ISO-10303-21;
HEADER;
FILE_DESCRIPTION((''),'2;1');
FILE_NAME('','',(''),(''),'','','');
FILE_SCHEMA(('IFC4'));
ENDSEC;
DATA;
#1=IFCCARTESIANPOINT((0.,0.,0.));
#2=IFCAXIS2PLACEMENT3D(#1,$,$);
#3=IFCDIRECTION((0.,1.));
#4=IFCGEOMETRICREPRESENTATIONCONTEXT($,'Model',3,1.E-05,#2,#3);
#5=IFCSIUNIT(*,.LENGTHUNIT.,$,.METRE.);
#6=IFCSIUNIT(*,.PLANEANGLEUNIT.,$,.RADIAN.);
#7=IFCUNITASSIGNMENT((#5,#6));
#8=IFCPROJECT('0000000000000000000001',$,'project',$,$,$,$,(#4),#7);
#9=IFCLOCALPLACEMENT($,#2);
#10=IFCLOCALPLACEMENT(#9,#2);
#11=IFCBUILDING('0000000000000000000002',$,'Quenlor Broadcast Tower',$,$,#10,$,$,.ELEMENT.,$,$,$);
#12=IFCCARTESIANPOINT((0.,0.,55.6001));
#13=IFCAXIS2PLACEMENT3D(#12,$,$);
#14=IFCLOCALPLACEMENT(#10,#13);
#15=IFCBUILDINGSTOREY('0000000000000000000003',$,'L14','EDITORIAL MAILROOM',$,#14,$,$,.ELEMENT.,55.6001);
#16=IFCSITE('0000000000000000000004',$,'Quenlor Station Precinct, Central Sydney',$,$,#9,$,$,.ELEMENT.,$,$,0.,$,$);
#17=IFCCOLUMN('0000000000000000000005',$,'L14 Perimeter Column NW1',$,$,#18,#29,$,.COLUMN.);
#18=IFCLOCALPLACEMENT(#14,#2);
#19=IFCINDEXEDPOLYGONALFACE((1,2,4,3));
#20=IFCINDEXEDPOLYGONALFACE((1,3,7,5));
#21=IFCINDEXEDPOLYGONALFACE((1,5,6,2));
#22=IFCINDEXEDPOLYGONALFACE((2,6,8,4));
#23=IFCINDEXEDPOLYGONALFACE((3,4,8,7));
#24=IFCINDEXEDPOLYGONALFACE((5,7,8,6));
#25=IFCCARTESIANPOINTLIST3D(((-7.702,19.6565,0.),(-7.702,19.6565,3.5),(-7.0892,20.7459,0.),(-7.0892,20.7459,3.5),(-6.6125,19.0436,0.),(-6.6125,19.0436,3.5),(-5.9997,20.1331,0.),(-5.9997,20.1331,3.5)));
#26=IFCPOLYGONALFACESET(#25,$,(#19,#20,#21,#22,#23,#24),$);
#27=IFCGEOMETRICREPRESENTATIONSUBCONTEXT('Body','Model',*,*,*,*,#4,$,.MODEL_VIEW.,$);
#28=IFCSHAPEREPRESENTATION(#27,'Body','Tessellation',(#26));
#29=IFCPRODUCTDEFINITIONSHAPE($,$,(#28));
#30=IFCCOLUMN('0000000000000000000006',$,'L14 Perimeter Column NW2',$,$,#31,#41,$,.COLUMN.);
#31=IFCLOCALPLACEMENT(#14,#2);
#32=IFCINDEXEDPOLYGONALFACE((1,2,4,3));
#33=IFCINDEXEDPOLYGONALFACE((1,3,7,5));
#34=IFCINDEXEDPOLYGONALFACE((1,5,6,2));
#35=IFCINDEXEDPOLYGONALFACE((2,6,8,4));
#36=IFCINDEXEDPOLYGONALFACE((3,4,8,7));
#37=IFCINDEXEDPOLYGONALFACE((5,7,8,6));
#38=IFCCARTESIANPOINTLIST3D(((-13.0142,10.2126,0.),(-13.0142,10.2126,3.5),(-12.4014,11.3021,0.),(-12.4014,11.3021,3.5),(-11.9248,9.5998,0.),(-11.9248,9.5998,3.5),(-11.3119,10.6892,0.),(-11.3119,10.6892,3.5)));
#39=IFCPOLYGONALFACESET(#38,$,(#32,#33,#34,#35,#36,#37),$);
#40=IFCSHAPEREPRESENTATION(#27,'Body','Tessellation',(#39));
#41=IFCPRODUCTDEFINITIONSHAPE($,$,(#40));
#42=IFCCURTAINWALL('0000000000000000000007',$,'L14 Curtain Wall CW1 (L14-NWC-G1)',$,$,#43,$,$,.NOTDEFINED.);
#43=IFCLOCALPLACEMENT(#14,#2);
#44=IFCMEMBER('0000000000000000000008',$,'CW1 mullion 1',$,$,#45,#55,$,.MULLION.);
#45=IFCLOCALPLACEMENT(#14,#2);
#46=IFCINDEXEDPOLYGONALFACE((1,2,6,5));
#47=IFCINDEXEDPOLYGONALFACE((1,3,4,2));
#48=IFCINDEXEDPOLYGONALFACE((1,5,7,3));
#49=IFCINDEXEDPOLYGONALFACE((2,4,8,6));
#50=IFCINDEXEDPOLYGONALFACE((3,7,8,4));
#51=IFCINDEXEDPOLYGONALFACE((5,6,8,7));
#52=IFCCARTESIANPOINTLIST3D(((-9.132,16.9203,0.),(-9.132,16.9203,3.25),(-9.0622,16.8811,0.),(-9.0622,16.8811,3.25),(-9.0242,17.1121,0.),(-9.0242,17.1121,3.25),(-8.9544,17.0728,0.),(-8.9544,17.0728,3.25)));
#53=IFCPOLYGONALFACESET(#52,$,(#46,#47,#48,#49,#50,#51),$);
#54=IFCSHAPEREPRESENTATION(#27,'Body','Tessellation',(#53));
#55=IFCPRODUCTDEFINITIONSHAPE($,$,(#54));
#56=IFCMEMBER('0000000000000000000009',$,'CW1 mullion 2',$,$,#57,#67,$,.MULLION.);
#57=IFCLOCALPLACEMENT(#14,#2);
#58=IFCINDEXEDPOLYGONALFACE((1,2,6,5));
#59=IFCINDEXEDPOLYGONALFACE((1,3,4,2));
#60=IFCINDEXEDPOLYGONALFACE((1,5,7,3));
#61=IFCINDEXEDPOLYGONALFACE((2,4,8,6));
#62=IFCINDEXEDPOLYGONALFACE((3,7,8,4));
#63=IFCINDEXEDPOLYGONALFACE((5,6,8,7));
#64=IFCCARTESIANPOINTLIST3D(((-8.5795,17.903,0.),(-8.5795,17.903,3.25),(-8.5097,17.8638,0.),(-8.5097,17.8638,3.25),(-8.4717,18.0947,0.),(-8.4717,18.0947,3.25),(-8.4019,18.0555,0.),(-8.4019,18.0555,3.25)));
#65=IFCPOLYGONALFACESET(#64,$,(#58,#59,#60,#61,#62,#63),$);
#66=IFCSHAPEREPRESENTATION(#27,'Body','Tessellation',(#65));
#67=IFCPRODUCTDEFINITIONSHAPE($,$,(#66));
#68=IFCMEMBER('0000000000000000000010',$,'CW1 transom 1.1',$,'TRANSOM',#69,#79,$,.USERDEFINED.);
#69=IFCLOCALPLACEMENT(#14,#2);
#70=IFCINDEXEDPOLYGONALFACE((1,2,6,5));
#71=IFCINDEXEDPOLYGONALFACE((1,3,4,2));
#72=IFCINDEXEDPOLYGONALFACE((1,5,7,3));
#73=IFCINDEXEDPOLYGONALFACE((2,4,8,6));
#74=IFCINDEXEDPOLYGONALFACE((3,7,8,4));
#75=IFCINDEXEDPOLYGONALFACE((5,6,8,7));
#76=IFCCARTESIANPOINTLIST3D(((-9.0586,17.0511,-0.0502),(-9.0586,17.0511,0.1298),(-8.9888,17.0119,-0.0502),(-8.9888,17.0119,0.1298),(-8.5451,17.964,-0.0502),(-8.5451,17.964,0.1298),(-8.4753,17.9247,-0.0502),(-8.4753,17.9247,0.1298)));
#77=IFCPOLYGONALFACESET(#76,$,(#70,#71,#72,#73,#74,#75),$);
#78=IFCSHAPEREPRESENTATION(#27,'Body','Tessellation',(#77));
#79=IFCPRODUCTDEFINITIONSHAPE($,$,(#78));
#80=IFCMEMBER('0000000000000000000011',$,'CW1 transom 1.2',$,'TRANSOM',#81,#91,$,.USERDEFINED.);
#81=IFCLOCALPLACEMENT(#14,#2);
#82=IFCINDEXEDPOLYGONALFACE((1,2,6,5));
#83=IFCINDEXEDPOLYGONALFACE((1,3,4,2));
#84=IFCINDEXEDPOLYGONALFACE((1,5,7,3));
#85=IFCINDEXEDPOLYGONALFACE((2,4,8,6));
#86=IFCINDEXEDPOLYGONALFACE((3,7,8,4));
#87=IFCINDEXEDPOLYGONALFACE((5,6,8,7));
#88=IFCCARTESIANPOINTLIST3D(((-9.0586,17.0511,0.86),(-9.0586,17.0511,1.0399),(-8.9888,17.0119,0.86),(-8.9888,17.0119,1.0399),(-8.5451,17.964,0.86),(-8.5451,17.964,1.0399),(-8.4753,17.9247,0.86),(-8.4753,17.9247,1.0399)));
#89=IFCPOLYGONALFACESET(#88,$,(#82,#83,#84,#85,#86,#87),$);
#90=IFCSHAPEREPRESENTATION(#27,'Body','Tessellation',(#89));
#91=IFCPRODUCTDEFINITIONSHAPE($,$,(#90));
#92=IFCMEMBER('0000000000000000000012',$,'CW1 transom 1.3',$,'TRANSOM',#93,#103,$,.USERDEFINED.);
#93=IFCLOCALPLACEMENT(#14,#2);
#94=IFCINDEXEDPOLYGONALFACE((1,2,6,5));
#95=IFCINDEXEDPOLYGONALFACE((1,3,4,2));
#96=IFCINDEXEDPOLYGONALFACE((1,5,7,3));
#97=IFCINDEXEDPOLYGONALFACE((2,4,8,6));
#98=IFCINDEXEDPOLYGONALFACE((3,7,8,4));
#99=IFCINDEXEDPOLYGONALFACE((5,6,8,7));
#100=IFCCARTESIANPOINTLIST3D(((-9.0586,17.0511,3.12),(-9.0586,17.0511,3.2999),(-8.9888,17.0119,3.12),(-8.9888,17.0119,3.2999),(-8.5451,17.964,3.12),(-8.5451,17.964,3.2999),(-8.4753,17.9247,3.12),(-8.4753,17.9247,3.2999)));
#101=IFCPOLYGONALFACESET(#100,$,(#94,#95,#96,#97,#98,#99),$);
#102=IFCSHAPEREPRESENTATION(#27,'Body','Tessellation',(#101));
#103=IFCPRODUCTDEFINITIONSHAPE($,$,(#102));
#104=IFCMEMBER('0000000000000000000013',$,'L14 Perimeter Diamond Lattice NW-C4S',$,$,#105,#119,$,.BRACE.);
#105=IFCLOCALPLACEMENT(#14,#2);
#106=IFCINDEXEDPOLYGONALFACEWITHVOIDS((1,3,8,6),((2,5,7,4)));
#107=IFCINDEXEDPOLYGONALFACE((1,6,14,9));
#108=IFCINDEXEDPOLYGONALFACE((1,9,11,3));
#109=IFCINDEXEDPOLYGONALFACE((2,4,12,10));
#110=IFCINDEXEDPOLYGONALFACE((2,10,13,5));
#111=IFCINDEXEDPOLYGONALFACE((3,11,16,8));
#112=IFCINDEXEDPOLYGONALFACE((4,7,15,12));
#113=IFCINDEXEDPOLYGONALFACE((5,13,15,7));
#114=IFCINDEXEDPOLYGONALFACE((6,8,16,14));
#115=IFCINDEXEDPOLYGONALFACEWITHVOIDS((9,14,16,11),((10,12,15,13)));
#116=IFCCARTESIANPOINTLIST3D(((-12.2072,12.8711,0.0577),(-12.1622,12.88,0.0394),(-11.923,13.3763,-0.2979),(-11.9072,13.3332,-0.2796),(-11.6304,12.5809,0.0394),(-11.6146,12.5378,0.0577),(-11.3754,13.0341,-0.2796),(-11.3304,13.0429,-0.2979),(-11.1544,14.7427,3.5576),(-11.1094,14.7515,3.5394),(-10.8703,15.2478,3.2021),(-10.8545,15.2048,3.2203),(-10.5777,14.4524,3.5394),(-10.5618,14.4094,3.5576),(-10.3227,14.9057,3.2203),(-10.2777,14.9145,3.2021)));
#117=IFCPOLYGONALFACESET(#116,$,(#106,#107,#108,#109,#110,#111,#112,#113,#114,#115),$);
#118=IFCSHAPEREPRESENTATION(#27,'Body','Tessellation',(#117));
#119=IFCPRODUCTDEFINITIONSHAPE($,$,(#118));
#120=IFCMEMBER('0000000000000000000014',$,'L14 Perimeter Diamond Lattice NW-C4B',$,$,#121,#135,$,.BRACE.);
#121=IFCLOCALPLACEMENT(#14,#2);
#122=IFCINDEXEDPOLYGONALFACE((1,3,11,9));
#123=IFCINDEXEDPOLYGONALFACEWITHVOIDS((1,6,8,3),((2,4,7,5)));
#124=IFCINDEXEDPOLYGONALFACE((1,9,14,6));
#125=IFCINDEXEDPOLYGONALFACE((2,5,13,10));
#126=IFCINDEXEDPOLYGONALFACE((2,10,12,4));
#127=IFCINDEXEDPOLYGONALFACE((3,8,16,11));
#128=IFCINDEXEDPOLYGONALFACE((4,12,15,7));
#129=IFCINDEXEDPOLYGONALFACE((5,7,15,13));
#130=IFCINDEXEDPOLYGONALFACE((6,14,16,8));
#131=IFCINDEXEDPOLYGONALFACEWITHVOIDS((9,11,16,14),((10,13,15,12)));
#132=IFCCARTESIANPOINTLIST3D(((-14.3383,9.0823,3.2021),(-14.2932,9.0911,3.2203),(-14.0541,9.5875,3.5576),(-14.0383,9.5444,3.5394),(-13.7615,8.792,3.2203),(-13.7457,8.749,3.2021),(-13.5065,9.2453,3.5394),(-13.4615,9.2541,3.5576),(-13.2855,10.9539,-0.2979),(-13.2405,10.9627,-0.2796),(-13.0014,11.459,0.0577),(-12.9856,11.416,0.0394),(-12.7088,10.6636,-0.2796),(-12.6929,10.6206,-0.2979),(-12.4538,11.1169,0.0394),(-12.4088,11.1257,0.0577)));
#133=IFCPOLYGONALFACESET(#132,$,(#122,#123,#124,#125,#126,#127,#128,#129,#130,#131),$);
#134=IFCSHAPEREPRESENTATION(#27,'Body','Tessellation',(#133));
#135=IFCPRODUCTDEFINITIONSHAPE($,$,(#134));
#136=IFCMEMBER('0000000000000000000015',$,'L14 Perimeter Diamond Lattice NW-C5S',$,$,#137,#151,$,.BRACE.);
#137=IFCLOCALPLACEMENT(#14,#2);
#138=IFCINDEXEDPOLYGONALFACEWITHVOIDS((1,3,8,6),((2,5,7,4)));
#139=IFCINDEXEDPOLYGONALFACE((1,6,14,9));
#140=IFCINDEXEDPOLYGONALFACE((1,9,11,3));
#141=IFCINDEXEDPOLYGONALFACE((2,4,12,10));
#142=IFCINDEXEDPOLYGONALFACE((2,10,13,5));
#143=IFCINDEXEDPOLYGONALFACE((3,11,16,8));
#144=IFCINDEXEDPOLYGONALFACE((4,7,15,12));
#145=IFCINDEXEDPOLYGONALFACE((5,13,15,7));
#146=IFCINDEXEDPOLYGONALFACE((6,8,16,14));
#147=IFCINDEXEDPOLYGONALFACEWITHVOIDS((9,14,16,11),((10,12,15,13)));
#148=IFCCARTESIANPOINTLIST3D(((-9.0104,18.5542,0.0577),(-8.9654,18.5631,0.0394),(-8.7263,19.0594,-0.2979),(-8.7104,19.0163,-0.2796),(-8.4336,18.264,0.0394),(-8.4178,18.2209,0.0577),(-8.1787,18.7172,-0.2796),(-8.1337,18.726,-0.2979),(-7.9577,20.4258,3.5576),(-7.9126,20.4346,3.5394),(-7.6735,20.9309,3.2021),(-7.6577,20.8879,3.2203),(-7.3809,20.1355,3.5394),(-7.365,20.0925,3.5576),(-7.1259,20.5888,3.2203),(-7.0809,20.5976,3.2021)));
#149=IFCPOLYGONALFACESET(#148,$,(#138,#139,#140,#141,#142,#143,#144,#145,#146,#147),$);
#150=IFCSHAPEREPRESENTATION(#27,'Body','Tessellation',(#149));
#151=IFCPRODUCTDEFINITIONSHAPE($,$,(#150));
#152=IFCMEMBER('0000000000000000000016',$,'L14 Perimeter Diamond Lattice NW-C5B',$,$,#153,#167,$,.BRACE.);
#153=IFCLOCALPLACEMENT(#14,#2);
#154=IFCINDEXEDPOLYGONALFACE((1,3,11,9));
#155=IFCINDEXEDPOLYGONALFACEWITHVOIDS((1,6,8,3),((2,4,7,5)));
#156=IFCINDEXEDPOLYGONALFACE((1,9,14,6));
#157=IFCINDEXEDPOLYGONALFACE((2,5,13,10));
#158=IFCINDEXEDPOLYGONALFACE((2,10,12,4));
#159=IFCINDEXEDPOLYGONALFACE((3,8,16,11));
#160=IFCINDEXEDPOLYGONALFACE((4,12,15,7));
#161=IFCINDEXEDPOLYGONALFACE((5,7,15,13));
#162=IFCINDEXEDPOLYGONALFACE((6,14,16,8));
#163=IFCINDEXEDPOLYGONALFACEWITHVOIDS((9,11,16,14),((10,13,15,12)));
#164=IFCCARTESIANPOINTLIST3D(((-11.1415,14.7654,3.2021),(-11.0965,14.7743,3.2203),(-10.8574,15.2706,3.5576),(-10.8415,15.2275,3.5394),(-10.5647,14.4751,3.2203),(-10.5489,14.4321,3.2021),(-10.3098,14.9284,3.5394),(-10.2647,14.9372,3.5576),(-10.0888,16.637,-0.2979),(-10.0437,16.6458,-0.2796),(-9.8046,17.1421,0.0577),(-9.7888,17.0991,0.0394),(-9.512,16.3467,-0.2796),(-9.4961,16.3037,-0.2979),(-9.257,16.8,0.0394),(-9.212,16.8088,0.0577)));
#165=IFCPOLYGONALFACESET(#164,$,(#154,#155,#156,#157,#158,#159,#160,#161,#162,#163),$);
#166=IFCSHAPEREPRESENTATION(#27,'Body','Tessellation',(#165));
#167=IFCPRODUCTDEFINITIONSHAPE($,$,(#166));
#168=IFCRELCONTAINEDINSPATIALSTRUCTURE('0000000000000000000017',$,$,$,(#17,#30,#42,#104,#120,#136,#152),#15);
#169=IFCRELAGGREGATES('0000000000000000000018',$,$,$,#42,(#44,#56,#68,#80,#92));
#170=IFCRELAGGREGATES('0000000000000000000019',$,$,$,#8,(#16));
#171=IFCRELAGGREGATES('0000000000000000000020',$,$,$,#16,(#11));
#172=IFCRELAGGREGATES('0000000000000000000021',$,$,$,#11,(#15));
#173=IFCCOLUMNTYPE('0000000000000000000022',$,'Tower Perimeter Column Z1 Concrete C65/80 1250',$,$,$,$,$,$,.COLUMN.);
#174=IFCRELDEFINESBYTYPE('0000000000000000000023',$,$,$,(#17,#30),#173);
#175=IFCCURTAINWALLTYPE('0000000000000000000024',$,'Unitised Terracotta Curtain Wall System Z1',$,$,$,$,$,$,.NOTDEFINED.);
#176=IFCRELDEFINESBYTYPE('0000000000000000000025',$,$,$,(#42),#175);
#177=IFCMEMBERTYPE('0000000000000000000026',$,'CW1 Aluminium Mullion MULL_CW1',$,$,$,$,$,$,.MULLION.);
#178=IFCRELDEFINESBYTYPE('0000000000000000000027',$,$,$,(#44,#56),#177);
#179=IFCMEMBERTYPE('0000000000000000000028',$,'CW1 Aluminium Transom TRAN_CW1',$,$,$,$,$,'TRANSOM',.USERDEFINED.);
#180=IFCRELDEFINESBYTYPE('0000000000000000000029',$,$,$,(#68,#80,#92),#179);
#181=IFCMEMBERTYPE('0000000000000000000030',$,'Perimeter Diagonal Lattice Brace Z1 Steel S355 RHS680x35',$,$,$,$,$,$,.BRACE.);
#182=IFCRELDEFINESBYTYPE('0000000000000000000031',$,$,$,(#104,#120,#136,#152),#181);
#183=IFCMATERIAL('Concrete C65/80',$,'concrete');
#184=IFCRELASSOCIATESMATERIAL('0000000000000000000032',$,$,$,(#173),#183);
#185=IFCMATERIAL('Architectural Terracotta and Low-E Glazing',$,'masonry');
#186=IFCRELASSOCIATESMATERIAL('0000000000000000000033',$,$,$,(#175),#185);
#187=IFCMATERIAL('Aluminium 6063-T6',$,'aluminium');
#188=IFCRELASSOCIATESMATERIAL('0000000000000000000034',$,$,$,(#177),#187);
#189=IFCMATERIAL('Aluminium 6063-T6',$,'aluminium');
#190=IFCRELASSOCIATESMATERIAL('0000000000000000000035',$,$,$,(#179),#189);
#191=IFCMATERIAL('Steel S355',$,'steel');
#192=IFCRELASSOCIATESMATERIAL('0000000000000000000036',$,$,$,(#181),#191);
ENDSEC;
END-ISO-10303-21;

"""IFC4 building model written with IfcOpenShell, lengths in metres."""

from ifc_helpers import new_model, si_unit, direction, frame, origin, origin_2d, place, context, subcontext, project, spatial, rectangle, hollow_rectangle, extrude, material, material_profile, profile_set, type_object, element, aggregate, save


model = new_model("IFC4")

# Units and contexts
model_context = context("Model", 3, precision=1e-05, world=origin(), true_north=direction((0.0, 1.0)))
body_context = subcontext(model_context, "Body", "Model", "MODEL_VIEW")
ifc_project = project(units=[si_unit("LENGTHUNIT", "METRE"), si_unit("PLANEANGLEUNIT", "RADIAN")], contexts=[model_context])

# Site, building, storey
site_placement = place(None, origin())
site = spatial("IfcSite", under=ifc_project, at=site_placement, Name="Quenlor Station Precinct, Central Sydney", CompositionType="ELEMENT", RefElevation=0.0)
building_placement = place(site_placement, origin())
building = spatial("IfcBuilding", under=site, at=building_placement, Name="Quenlor Broadcast Tower", CompositionType="ELEMENT")
storey_placement = place(building_placement, frame((0.0, 0.0, 55.6001)))
storey = spatial("IfcBuildingStorey", under=building, at=storey_placement, Name="L14", Description="EDITORIAL MAILROOM", CompositionType="ELEMENT", Elevation=55.6001)

# Columns
ifc_material_1 = material(Name="Concrete C65/80", Category="concrete")
ifc_material_profile_1 = material_profile(ifc_material_1, rectangle(XDim=1.25, YDim=1.25, at=origin_2d()))
ifc_profile_set_1 = profile_set([ifc_material_profile_1], Name="Concrete C65/80 RC1250x1250")
column_type = type_object("IfcColumnType", Name="Tower Perimeter Column Z1 Concrete C65/80 1250", PredefinedType="COLUMN", material=ifc_profile_set_1)
for number, where, z_axis, x_axis, name in (
    (1, (-6.8508, 19.8948, 0.0), (0.0, 0.0, 1.0), (-0.871575, 0.490262, 0.0), "L14 Perimeter Column NW1"),
    (2, (-12.1631, 10.4509, 0.0), (0.0, 0.0, 1.0), (-0.871575, 0.490262, 0.0), "L14 Perimeter Column NW2"),
):
    element("IfcColumn", number, at=place(storey_placement, frame(where, z_axis=z_axis, x_axis=x_axis)), inside=storey, type_object=column_type, Name=name, PredefinedType="COLUMN", context=body_context, shape_type="SweptSolid", body=[
        extrude(rectangle(XDim=1.25, YDim=1.25, at=origin_2d()), origin(), (0.0, 0.0, 1.0), 3.5),
    ])

# Curtain wall, members
ifc_material_2 = material(Name="Architectural Terracotta and Low-E Glazing", Category="masonry")
curtain_wall_type = type_object("IfcCurtainWallType", Name="Unitised Terracotta Curtain Wall System Z1", PredefinedType="NOTDEFINED", material=ifc_material_2)
curtain_wall_placement = place(storey_placement, origin())
curtain_wall = element("IfcCurtainWall", 3, at=curtain_wall_placement, inside=storey, type_object=curtain_wall_type, Name="L14 Curtain Wall CW1 (L14-NWC-G1)", PredefinedType="NOTDEFINED")
ifc_material_3 = material(Name="Aluminium 6063-T6", Category="aluminium")
ifc_material_profile_2 = material_profile(ifc_material_3, rectangle(XDim=0.0801, YDim=0.22, at=origin_2d()))
ifc_profile_set_2 = profile_set([ifc_material_profile_2], Name="Aluminium 6063-T6 MULL80x220")
member_type_1 = type_object("IfcMemberType", Name="CW1 Aluminium Mullion MULL_CW1", PredefinedType="MULLION", material=ifc_profile_set_2)
member_1_placement = place(storey_placement, frame((-9.0432, 16.9966, 0.0), z_axis=(0.0, 0.0, 1.0), x_axis=(-0.871602, 0.490214, 0.0)))
member_1 = element("IfcMember", 4, at=member_1_placement, type_object=member_type_1, Name="CW1 mullion 1", PredefinedType="MULLION", context=body_context, shape_type="SweptSolid", body=[
    extrude(rectangle(XDim=0.0801, YDim=0.22, at=origin_2d()), origin(), (0.0, 0.0, 1.0), 3.25),
])
member_2_placement = place(storey_placement, frame((-8.4907, 17.9792, 0.0), z_axis=(0.0, 0.0, 1.0), x_axis=(-0.871602, 0.490214, 0.0)))
member_2 = element("IfcMember", 5, at=member_2_placement, type_object=member_type_1, Name="CW1 mullion 2", PredefinedType="MULLION", context=body_context, shape_type="SweptSolid", body=[
    extrude(rectangle(XDim=0.0801, YDim=0.22, at=origin_2d()), origin(), (0.0, 0.0, 1.0), 3.25),
])
ifc_material_4 = material(Name="Aluminium 6063-T6", Category="aluminium")
ifc_material_profile_3 = material_profile(ifc_material_4, rectangle(XDim=0.0801, YDim=0.1799, at=origin_2d()))
ifc_profile_set_3 = profile_set([ifc_material_profile_3], Name="Aluminium 6063-T6 TRAN80x180")
member_type_2 = type_object("IfcMemberType", Name="CW1 Aluminium Transom TRAN_CW1", ElementType="TRANSOM", PredefinedType="USERDEFINED", material=ifc_profile_set_3)
member_3_placement = place(storey_placement, frame((-9.0237, 17.0315, 0.0398), z_axis=(0.490228, 0.871594, 0.0), x_axis=(-0.871594, 0.490228, 0.0)))
member_3 = element("IfcMember", 6, at=member_3_placement, type_object=member_type_2, Name="CW1 transom 1.1", ObjectType="TRANSOM", PredefinedType="USERDEFINED", context=body_context, shape_type="SweptSolid", body=[
    extrude(rectangle(XDim=0.0801, YDim=0.1799, at=origin_2d()), origin(), (0.0, 0.0, 1.0), 1.0474),
])
member_4_placement = place(storey_placement, frame((-9.0237, 17.0315, 0.95), z_axis=(0.490228, 0.871594, 0.0), x_axis=(-0.871594, 0.490228, 0.0)))
member_4 = element("IfcMember", 7, at=member_4_placement, type_object=member_type_2, Name="CW1 transom 1.2", ObjectType="TRANSOM", PredefinedType="USERDEFINED", context=body_context, shape_type="SweptSolid", body=[
    extrude(rectangle(XDim=0.0801, YDim=0.1799, at=origin_2d()), origin(), (0.0, 0.0, 1.0), 1.0474),
])
member_5_placement = place(storey_placement, frame((-9.0237, 17.0315, 3.21), z_axis=(0.490228, 0.871594, 0.0), x_axis=(-0.871594, 0.490228, 0.0)))
member_5 = element("IfcMember", 8, at=member_5_placement, type_object=member_type_2, Name="CW1 transom 1.3", ObjectType="TRANSOM", PredefinedType="USERDEFINED", context=body_context, shape_type="SweptSolid", body=[
    extrude(rectangle(XDim=0.0801, YDim=0.1799, at=origin_2d()), origin(), (0.0, 0.0, 1.0), 1.0474),
])

# Members
ifc_material_5 = material(Name="Steel S355", Category="steel")
ifc_material_profile_4 = material_profile(ifc_material_5, hollow_rectangle(XDim=0.6799, YDim=0.6799, WallThickness=0.0349, at=origin_2d()))
ifc_profile_set_4 = profile_set([ifc_material_profile_4], Name="Steel S355 RHS680x680x35")
member_type_3 = type_object("IfcMemberType", Name="Perimeter Diagonal Lattice Brace Z1 Steel S355 RHS680x35", PredefinedType="BRACE", material=ifc_profile_set_4)
for number, where, z_axis, x_axis, name in (
    (9, (-11.7688, 12.957, -0.1201), (0.256375, 0.455792, 0.852365), (-0.871582, 0.49025, 0.0), "L14 Perimeter Diamond Lattice NW-C4S"),
    (10, (-12.8472, 11.0398, -0.1201), (-0.256375, -0.455792, 0.852365), (0.871582, -0.49025, 0.0), "L14 Perimeter Diamond Lattice NW-C4B"),
    (11, (-8.572, 18.6401, -0.1201), (0.256375, 0.455792, 0.852365), (-0.871582, 0.49025, 0.0), "L14 Perimeter Diamond Lattice NW-C5S"),
    (12, (-9.6504, 16.7229, -0.1201), (-0.256375, -0.455792, 0.852365), (0.871582, -0.49025, 0.0), "L14 Perimeter Diamond Lattice NW-C5B"),
):
    element("IfcMember", number, at=place(storey_placement, frame(where, z_axis=z_axis, x_axis=x_axis)), inside=storey, type_object=member_type_3, Name=name, PredefinedType="BRACE", context=body_context, shape_type="SweptSolid", body=[
        extrude(hollow_rectangle(XDim=0.6799, YDim=0.6799, WallThickness=0.0349, at=origin_2d()), origin(), (0.0, 0.0, 1.0), 4.1062),
    ])

aggregate(curtain_wall, [member_1, member_2, member_3, member_4, member_5])

save(model, "model.ifc")
